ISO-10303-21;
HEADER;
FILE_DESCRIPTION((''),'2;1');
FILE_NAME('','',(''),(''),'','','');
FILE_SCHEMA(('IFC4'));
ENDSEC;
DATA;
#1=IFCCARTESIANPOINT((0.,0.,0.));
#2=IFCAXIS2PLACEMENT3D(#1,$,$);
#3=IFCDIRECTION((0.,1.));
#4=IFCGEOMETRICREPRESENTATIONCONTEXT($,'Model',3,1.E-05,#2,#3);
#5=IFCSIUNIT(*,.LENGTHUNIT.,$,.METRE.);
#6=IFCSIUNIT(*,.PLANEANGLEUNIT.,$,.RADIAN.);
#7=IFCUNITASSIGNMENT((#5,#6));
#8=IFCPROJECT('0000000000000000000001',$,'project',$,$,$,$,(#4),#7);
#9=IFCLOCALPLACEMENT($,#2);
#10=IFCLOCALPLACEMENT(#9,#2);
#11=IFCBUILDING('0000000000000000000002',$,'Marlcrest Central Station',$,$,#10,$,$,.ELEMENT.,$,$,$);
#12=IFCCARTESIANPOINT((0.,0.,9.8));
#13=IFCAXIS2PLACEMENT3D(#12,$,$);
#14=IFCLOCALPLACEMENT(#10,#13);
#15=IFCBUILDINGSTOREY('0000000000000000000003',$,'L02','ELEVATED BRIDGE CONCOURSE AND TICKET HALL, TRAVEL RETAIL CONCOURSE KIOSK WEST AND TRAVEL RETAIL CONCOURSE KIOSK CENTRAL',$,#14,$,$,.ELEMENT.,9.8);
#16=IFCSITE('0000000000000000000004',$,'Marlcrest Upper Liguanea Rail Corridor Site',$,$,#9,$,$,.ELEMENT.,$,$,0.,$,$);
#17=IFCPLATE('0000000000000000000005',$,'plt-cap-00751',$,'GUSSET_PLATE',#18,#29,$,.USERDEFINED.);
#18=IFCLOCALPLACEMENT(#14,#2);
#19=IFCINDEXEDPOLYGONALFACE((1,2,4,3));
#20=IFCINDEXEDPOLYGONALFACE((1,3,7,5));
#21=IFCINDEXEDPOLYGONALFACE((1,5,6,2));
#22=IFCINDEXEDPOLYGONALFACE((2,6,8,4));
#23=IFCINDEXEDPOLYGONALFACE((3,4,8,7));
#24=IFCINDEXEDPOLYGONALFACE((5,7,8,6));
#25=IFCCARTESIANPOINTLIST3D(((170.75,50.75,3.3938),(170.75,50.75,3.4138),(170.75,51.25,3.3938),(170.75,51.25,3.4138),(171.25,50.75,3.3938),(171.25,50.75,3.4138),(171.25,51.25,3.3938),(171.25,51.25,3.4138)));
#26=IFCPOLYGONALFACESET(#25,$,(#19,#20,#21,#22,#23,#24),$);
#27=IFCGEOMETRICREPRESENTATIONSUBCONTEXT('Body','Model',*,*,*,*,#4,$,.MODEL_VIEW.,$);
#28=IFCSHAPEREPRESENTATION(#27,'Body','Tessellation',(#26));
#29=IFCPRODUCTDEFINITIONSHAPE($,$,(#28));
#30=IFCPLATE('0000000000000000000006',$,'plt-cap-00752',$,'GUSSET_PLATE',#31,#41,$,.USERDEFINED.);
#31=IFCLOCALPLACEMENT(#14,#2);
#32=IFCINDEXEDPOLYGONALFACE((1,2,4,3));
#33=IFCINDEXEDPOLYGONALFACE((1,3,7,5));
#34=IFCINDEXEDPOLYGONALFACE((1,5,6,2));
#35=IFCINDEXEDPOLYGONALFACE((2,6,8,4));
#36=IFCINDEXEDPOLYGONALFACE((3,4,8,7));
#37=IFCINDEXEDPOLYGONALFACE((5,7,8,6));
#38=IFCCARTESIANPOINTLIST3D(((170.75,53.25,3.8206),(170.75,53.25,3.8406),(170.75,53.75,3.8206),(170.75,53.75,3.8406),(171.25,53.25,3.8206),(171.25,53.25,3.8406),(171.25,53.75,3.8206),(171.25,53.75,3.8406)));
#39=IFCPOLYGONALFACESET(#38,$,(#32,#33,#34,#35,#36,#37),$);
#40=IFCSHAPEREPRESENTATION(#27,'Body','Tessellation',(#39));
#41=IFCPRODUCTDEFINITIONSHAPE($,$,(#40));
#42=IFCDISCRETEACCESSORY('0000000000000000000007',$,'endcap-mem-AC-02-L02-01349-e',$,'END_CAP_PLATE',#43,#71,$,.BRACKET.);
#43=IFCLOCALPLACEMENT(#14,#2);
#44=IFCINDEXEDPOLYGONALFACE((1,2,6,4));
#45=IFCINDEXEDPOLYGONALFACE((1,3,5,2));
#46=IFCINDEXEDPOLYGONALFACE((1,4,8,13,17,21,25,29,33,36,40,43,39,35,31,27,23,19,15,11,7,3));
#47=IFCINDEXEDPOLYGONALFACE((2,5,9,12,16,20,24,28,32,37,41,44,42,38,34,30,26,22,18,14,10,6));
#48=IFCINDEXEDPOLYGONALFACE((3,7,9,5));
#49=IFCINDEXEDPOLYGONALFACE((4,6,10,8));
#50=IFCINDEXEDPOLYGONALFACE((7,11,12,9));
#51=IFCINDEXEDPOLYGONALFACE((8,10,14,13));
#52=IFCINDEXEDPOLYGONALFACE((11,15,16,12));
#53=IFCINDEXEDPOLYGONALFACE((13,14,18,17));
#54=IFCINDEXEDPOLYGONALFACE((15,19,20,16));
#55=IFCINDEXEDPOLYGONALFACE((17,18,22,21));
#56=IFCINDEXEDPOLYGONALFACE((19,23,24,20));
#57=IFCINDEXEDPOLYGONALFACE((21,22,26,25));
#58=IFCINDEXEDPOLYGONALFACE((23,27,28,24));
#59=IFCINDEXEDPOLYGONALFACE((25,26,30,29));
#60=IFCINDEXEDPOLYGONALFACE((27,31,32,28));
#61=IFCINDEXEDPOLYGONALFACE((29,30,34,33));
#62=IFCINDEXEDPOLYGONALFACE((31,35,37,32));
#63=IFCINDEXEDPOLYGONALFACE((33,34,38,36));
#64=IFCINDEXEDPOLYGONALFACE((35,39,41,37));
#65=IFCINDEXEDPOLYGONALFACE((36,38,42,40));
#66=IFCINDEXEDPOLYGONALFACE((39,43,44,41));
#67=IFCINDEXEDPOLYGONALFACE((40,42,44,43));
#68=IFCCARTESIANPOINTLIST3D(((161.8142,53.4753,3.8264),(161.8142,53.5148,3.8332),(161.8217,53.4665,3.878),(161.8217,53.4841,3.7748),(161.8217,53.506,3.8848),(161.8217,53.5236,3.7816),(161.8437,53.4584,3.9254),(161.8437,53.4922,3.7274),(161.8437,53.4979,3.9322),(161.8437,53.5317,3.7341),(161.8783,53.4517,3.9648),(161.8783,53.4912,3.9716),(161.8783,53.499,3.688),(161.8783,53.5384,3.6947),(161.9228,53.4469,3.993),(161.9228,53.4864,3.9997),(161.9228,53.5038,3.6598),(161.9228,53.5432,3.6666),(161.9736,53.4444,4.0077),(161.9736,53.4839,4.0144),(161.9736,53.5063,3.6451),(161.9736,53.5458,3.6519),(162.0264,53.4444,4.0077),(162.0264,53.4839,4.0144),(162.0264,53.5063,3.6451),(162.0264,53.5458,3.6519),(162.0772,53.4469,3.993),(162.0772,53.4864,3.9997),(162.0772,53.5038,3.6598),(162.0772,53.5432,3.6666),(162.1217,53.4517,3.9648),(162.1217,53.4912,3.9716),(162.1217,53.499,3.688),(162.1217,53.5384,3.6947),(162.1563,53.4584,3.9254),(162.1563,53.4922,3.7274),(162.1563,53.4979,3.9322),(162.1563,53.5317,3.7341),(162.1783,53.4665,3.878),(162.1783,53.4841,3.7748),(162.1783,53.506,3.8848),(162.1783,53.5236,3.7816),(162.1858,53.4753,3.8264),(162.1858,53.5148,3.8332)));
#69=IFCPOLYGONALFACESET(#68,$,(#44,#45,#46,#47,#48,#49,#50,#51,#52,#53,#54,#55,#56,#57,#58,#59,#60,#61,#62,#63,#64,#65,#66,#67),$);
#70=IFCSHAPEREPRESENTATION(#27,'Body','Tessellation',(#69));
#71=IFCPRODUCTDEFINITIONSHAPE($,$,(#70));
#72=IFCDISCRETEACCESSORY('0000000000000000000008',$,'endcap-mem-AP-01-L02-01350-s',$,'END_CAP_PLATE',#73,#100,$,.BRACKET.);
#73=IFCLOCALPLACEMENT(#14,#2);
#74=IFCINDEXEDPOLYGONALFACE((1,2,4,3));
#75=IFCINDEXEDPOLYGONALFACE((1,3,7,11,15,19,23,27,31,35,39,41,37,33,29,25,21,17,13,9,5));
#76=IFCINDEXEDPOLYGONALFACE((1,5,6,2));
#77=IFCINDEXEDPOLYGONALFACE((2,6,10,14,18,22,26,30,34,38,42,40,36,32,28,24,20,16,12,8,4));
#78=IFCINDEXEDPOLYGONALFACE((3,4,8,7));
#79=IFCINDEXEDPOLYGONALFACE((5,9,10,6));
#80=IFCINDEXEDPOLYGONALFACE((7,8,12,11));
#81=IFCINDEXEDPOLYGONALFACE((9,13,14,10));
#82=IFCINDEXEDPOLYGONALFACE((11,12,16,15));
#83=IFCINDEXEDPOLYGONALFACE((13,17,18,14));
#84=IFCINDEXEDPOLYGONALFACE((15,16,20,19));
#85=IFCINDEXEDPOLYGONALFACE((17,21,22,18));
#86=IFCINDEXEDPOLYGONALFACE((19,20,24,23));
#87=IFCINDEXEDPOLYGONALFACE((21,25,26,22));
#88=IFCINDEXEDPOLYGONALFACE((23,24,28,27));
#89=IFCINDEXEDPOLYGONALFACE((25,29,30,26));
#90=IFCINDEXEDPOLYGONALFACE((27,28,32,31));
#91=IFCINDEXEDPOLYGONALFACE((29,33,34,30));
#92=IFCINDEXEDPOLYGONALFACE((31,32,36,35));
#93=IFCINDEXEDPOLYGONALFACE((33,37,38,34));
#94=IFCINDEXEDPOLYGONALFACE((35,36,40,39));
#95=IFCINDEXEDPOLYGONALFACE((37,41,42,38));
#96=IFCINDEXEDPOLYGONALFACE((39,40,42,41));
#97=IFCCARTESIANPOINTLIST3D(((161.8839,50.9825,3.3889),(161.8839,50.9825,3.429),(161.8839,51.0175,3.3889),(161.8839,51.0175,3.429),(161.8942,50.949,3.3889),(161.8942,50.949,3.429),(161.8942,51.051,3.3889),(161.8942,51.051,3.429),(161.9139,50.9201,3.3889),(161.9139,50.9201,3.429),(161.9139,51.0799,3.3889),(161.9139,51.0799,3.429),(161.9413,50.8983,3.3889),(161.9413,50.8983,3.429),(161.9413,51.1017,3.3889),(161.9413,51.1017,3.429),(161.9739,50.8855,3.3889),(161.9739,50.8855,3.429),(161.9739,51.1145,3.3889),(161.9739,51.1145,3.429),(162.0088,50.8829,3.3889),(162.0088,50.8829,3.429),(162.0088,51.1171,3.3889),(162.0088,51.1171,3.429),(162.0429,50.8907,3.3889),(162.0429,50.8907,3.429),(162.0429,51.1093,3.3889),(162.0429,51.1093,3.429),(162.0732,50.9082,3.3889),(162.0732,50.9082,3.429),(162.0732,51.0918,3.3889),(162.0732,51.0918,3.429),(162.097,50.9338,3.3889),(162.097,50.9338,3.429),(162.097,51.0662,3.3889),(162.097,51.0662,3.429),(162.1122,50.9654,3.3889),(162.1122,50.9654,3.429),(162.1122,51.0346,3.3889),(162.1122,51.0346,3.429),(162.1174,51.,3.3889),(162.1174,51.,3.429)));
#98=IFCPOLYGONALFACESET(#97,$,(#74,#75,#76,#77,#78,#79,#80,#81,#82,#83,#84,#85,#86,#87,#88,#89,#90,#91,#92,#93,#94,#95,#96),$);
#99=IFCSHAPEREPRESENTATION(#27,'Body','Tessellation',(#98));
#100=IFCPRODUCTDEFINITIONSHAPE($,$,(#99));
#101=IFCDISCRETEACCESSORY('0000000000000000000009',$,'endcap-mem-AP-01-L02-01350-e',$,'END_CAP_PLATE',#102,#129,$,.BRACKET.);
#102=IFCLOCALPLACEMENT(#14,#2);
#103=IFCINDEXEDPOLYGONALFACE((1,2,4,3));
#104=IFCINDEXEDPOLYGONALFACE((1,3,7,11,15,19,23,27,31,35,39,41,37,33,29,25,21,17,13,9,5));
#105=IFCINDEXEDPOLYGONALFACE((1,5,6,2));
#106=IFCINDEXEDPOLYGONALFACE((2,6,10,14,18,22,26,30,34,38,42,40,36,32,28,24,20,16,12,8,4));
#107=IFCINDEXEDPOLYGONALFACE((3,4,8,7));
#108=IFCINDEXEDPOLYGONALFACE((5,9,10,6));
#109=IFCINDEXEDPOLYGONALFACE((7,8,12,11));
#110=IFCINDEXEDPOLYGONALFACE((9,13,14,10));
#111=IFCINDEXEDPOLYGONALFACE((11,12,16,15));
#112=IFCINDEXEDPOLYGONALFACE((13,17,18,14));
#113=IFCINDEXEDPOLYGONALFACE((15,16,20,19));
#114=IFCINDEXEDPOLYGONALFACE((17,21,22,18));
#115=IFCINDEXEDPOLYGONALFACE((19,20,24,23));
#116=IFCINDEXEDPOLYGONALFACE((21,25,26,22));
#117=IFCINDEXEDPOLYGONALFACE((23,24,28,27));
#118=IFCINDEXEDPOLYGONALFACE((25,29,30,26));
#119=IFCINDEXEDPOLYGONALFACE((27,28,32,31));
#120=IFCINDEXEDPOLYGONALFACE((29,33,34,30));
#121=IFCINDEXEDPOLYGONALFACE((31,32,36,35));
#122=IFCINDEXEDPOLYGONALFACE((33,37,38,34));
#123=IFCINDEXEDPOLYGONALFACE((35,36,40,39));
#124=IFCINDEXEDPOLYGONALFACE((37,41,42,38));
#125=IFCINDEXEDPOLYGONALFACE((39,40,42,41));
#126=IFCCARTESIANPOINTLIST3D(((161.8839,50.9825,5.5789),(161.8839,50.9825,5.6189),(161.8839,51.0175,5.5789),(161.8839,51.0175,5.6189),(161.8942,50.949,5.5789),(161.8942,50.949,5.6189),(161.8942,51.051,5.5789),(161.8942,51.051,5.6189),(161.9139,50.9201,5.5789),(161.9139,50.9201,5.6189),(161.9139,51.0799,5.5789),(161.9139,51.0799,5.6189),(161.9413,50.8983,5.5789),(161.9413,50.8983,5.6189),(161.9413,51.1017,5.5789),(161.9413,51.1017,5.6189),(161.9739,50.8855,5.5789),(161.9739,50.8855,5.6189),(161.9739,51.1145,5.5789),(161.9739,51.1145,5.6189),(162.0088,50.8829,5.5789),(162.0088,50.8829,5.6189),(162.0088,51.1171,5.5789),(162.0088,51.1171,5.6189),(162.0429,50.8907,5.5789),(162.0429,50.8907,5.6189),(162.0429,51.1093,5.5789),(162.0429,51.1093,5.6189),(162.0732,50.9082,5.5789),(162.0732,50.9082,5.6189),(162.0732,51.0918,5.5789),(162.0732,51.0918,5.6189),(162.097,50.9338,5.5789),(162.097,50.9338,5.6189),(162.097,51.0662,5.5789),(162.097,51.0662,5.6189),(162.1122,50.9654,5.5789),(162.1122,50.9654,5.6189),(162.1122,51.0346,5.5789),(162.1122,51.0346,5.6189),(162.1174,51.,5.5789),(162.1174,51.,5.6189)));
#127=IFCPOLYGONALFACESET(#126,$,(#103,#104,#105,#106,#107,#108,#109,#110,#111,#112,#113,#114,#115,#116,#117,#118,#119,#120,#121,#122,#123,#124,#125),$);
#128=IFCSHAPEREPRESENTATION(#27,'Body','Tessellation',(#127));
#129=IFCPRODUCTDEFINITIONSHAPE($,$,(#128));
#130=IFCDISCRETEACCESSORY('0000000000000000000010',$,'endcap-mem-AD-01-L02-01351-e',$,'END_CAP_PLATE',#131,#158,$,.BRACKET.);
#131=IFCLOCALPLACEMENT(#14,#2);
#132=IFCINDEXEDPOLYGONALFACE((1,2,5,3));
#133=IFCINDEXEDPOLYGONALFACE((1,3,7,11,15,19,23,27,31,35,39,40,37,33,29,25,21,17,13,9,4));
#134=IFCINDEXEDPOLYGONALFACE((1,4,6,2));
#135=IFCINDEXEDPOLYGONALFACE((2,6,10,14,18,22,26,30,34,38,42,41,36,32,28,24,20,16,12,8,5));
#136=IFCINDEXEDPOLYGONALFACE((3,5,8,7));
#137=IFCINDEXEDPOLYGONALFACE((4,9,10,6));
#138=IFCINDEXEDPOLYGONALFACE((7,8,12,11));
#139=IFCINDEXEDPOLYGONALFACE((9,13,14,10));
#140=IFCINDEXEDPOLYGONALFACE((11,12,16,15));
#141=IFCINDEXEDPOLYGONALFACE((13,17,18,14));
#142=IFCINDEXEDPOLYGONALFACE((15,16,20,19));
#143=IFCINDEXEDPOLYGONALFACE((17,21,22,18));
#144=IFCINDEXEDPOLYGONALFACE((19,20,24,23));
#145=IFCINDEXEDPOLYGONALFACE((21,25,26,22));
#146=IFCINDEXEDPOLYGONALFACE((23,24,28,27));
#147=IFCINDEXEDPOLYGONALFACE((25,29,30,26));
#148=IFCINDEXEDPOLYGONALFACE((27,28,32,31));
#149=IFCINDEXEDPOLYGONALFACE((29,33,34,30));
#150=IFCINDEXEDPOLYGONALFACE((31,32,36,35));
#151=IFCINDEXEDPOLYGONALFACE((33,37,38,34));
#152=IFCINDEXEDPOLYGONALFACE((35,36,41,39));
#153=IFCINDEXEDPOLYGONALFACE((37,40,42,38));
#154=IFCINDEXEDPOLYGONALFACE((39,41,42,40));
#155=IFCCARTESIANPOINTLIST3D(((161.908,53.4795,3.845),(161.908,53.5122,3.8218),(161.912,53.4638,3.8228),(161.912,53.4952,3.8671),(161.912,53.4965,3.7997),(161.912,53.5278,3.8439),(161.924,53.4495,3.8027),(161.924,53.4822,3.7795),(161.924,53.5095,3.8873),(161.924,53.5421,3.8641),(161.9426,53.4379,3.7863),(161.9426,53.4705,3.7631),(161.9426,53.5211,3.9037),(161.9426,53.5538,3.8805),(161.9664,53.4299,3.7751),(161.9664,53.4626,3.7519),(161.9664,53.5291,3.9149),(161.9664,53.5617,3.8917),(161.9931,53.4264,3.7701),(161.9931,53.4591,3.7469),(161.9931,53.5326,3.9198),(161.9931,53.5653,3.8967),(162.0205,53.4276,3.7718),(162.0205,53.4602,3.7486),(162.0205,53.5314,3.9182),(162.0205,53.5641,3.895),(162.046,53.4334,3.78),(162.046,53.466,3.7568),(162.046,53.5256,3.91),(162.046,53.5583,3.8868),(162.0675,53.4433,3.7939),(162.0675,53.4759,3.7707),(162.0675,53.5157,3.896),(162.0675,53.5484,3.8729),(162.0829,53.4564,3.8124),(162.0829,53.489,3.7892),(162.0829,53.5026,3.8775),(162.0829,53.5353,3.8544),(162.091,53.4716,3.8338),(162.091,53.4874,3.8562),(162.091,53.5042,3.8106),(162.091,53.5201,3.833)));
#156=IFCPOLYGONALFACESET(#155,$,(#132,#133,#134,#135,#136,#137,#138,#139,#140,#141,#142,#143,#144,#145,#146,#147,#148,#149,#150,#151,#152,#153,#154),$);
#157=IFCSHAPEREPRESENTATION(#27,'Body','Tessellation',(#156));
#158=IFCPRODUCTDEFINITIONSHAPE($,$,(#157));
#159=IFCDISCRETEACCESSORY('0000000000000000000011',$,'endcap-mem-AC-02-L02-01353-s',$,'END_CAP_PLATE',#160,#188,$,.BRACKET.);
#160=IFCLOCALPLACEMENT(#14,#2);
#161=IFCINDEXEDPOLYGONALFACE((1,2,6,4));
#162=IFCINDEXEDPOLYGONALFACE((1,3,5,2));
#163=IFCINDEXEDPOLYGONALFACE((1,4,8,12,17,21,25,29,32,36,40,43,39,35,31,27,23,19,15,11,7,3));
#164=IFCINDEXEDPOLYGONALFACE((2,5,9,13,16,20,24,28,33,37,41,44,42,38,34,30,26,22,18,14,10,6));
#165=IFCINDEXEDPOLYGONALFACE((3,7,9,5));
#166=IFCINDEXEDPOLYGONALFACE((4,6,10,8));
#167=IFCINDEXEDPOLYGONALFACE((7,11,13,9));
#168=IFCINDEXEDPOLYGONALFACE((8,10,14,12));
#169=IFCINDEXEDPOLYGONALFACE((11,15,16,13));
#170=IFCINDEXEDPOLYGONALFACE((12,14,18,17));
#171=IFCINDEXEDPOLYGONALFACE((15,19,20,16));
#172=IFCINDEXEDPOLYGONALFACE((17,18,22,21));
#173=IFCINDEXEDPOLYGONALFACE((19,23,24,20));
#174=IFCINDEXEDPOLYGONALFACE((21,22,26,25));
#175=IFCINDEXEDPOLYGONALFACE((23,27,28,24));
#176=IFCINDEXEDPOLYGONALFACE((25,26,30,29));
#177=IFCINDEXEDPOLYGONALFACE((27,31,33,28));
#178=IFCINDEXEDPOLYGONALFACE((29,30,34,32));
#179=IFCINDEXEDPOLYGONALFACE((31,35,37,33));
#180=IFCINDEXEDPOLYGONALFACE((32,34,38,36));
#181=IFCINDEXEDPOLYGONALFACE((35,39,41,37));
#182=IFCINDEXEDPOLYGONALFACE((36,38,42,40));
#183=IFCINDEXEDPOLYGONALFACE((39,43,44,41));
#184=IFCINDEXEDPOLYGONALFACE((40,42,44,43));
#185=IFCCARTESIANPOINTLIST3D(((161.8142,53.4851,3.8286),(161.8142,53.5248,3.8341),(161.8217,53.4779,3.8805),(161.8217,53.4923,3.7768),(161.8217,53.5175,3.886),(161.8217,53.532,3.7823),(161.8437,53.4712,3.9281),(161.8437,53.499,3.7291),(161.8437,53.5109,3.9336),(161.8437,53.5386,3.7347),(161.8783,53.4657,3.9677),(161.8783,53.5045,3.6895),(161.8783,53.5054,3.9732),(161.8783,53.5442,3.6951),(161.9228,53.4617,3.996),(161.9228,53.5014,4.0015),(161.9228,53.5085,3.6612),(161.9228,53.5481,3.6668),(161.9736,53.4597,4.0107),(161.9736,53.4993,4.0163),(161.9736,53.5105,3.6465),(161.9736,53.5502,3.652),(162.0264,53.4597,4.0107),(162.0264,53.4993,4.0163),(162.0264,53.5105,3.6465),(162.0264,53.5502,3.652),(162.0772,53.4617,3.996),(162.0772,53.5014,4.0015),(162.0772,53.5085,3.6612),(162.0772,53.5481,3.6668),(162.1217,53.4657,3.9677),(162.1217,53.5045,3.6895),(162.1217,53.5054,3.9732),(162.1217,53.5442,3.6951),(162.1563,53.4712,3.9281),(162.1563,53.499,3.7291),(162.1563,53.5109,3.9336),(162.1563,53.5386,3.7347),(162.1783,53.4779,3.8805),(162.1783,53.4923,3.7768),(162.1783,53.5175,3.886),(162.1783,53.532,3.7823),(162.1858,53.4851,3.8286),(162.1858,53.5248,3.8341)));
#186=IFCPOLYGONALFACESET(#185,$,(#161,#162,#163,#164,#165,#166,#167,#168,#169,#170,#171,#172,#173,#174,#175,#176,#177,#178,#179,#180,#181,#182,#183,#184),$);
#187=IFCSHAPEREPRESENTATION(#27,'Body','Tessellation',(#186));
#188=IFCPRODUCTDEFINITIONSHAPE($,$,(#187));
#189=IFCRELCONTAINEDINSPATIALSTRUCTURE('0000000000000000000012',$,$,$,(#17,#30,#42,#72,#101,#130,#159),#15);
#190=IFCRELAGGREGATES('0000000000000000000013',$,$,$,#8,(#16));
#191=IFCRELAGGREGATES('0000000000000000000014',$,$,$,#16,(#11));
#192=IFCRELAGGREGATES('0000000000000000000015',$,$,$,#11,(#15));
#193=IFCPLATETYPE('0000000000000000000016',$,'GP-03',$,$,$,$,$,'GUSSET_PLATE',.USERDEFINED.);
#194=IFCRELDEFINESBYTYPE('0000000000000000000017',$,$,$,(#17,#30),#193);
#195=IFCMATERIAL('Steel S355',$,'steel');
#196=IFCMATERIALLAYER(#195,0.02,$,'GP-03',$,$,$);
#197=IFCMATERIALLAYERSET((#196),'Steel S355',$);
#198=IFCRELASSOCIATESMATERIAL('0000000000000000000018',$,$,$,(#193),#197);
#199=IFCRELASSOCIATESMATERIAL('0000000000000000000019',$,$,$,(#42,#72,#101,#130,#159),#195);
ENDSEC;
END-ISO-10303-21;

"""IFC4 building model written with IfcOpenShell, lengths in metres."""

from ifc_helpers import new_model, si_unit, direction, frame, origin, origin_2d, place, context, subcontext, project, spatial, rectangle, circle, extrude, material, layer, layer_set, type_object, element, save


model = new_model("IFC4")

# Units and contexts
model_context = context("Model", 3, precision=1e-05, world=origin(), true_north=direction((0.0, 1.0)))
body_context = subcontext(model_context, "Body", "Model", "MODEL_VIEW")
ifc_project = project(units=[si_unit("LENGTHUNIT", "METRE"), si_unit("PLANEANGLEUNIT", "RADIAN")], contexts=[model_context])

# Site, building, storey
site_placement = place(None, origin())
site = spatial("IfcSite", under=ifc_project, at=site_placement, Name="Marlcrest Upper Liguanea Rail Corridor Site", CompositionType="ELEMENT", RefElevation=0.0)
building_placement = place(site_placement, origin())
building = spatial("IfcBuilding", under=site, at=building_placement, Name="Marlcrest Central Station", CompositionType="ELEMENT")
storey_placement = place(building_placement, frame((0.0, 0.0, 9.8)))
storey = spatial("IfcBuildingStorey", under=building, at=storey_placement, Name="L02", Description="ELEVATED BRIDGE CONCOURSE AND TICKET HALL, TRAVEL RETAIL CONCOURSE KIOSK WEST AND TRAVEL RETAIL CONCOURSE KIOSK CENTRAL", CompositionType="ELEMENT", Elevation=9.8)

# Shared definitions
ifc_material = material(Name="Steel S355", Category="steel")

# Plates
ifc_layer = layer(ifc_material, 0.02, Name="GP-03")
ifc_layer_set = layer_set([ifc_layer], Name="Steel S355")
plate_type = type_object("IfcPlateType", Name="GP-03", ElementType="GUSSET_PLATE", PredefinedType="USERDEFINED", material=ifc_layer_set)
for number, where, z_axis, x_axis, name in (
    (1, (171.0, 51.0, 3.3938), (0.0, 0.0, 1.0), (1.0, 0.0, 0.0), "plt-cap-00751"),
    (2, (171.0, 53.5, 3.8206), (0.0, 0.0, 1.0), (1.0, 0.0, 0.0), "plt-cap-00752"),
):
    element("IfcPlate", number, at=place(storey_placement, frame(where, z_axis=z_axis, x_axis=x_axis)), inside=storey, type_object=plate_type, Name=name, ObjectType="GUSSET_PLATE", PredefinedType="USERDEFINED", context=body_context, shape_type="SweptSolid", body=[
        extrude(rectangle(XDim=0.5, YDim=0.5, at=origin_2d()), origin(), (0.0, 0.0, 1.0), 0.02),
    ])

# Discrete accessories
discrete_accessory_1_placement = place(storey_placement, frame((162.0, 53.4753, 3.8264), z_axis=(0.0, 0.985741, 0.168269), x_axis=(-1.0, 0.0, 0.0)))
element("IfcDiscreteAccessory", 3, at=discrete_accessory_1_placement, inside=storey, material=ifc_material, Name="endcap-mem-AC-02-L02-01349-e", ObjectType="END_CAP_PLATE", PredefinedType="BRACKET", context=body_context, shape_type="SweptSolid", body=[
    extrude(circle(Radius=0.1858, at=origin_2d()), origin(), (0.0, 0.0, 1.0), 0.04),
])
for number, where, z_axis, x_axis, name in (
    (4, (162.0, 51.0, 3.3889), (0.0, 0.0, 1.0), (1.0, 0.0, 0.0), "endcap-mem-AP-01-L02-01350-s"),
    (5, (162.0, 51.0, 5.5789), (0.0, 0.0, 1.0), (1.0, 0.0, 0.0), "endcap-mem-AP-01-L02-01350-e"),
):
    element("IfcDiscreteAccessory", number, at=place(storey_placement, frame(where, z_axis=z_axis, x_axis=x_axis)), inside=storey, material=ifc_material, Name=name, ObjectType="END_CAP_PLATE", PredefinedType="BRACKET", context=body_context, shape_type="SweptSolid", body=[
        extrude(circle(Radius=0.1174, at=origin_2d()), origin(), (0.0, 0.0, 1.0), 0.04),
    ])
discrete_accessory_2_placement = place(storey_placement, frame((162.0, 53.4795, 3.845), z_axis=(0.0, 0.815661, -0.57853), x_axis=(-1.0, 0.0, 0.0)))
element("IfcDiscreteAccessory", 6, at=discrete_accessory_2_placement, inside=storey, material=ifc_material, Name="endcap-mem-AD-01-L02-01351-e", ObjectType="END_CAP_PLATE", PredefinedType="BRACKET", context=body_context, shape_type="SweptSolid", body=[
    extrude(circle(Radius=0.092, at=origin_2d()), origin(), (0.0, 0.0, 1.0), 0.04),
])
for number, where, z_axis, x_axis, name in (
    (7, (162.0, 53.4851, 3.8286), (0.0, 0.990403, 0.138211), (-1.0, 0.0, 0.0), "endcap-mem-AC-02-L02-01353-s"),
):
    element("IfcDiscreteAccessory", number, at=place(storey_placement, frame(where, z_axis=z_axis, x_axis=x_axis)), inside=storey, material=ifc_material, Name=name, ObjectType="END_CAP_PLATE", PredefinedType="BRACKET", context=body_context, shape_type="SweptSolid", body=[
        extrude(circle(Radius=0.1858, at=origin_2d()), origin(), (0.0, 0.0, 1.0), 0.04),
    ])

save(model, "model.ifc")
